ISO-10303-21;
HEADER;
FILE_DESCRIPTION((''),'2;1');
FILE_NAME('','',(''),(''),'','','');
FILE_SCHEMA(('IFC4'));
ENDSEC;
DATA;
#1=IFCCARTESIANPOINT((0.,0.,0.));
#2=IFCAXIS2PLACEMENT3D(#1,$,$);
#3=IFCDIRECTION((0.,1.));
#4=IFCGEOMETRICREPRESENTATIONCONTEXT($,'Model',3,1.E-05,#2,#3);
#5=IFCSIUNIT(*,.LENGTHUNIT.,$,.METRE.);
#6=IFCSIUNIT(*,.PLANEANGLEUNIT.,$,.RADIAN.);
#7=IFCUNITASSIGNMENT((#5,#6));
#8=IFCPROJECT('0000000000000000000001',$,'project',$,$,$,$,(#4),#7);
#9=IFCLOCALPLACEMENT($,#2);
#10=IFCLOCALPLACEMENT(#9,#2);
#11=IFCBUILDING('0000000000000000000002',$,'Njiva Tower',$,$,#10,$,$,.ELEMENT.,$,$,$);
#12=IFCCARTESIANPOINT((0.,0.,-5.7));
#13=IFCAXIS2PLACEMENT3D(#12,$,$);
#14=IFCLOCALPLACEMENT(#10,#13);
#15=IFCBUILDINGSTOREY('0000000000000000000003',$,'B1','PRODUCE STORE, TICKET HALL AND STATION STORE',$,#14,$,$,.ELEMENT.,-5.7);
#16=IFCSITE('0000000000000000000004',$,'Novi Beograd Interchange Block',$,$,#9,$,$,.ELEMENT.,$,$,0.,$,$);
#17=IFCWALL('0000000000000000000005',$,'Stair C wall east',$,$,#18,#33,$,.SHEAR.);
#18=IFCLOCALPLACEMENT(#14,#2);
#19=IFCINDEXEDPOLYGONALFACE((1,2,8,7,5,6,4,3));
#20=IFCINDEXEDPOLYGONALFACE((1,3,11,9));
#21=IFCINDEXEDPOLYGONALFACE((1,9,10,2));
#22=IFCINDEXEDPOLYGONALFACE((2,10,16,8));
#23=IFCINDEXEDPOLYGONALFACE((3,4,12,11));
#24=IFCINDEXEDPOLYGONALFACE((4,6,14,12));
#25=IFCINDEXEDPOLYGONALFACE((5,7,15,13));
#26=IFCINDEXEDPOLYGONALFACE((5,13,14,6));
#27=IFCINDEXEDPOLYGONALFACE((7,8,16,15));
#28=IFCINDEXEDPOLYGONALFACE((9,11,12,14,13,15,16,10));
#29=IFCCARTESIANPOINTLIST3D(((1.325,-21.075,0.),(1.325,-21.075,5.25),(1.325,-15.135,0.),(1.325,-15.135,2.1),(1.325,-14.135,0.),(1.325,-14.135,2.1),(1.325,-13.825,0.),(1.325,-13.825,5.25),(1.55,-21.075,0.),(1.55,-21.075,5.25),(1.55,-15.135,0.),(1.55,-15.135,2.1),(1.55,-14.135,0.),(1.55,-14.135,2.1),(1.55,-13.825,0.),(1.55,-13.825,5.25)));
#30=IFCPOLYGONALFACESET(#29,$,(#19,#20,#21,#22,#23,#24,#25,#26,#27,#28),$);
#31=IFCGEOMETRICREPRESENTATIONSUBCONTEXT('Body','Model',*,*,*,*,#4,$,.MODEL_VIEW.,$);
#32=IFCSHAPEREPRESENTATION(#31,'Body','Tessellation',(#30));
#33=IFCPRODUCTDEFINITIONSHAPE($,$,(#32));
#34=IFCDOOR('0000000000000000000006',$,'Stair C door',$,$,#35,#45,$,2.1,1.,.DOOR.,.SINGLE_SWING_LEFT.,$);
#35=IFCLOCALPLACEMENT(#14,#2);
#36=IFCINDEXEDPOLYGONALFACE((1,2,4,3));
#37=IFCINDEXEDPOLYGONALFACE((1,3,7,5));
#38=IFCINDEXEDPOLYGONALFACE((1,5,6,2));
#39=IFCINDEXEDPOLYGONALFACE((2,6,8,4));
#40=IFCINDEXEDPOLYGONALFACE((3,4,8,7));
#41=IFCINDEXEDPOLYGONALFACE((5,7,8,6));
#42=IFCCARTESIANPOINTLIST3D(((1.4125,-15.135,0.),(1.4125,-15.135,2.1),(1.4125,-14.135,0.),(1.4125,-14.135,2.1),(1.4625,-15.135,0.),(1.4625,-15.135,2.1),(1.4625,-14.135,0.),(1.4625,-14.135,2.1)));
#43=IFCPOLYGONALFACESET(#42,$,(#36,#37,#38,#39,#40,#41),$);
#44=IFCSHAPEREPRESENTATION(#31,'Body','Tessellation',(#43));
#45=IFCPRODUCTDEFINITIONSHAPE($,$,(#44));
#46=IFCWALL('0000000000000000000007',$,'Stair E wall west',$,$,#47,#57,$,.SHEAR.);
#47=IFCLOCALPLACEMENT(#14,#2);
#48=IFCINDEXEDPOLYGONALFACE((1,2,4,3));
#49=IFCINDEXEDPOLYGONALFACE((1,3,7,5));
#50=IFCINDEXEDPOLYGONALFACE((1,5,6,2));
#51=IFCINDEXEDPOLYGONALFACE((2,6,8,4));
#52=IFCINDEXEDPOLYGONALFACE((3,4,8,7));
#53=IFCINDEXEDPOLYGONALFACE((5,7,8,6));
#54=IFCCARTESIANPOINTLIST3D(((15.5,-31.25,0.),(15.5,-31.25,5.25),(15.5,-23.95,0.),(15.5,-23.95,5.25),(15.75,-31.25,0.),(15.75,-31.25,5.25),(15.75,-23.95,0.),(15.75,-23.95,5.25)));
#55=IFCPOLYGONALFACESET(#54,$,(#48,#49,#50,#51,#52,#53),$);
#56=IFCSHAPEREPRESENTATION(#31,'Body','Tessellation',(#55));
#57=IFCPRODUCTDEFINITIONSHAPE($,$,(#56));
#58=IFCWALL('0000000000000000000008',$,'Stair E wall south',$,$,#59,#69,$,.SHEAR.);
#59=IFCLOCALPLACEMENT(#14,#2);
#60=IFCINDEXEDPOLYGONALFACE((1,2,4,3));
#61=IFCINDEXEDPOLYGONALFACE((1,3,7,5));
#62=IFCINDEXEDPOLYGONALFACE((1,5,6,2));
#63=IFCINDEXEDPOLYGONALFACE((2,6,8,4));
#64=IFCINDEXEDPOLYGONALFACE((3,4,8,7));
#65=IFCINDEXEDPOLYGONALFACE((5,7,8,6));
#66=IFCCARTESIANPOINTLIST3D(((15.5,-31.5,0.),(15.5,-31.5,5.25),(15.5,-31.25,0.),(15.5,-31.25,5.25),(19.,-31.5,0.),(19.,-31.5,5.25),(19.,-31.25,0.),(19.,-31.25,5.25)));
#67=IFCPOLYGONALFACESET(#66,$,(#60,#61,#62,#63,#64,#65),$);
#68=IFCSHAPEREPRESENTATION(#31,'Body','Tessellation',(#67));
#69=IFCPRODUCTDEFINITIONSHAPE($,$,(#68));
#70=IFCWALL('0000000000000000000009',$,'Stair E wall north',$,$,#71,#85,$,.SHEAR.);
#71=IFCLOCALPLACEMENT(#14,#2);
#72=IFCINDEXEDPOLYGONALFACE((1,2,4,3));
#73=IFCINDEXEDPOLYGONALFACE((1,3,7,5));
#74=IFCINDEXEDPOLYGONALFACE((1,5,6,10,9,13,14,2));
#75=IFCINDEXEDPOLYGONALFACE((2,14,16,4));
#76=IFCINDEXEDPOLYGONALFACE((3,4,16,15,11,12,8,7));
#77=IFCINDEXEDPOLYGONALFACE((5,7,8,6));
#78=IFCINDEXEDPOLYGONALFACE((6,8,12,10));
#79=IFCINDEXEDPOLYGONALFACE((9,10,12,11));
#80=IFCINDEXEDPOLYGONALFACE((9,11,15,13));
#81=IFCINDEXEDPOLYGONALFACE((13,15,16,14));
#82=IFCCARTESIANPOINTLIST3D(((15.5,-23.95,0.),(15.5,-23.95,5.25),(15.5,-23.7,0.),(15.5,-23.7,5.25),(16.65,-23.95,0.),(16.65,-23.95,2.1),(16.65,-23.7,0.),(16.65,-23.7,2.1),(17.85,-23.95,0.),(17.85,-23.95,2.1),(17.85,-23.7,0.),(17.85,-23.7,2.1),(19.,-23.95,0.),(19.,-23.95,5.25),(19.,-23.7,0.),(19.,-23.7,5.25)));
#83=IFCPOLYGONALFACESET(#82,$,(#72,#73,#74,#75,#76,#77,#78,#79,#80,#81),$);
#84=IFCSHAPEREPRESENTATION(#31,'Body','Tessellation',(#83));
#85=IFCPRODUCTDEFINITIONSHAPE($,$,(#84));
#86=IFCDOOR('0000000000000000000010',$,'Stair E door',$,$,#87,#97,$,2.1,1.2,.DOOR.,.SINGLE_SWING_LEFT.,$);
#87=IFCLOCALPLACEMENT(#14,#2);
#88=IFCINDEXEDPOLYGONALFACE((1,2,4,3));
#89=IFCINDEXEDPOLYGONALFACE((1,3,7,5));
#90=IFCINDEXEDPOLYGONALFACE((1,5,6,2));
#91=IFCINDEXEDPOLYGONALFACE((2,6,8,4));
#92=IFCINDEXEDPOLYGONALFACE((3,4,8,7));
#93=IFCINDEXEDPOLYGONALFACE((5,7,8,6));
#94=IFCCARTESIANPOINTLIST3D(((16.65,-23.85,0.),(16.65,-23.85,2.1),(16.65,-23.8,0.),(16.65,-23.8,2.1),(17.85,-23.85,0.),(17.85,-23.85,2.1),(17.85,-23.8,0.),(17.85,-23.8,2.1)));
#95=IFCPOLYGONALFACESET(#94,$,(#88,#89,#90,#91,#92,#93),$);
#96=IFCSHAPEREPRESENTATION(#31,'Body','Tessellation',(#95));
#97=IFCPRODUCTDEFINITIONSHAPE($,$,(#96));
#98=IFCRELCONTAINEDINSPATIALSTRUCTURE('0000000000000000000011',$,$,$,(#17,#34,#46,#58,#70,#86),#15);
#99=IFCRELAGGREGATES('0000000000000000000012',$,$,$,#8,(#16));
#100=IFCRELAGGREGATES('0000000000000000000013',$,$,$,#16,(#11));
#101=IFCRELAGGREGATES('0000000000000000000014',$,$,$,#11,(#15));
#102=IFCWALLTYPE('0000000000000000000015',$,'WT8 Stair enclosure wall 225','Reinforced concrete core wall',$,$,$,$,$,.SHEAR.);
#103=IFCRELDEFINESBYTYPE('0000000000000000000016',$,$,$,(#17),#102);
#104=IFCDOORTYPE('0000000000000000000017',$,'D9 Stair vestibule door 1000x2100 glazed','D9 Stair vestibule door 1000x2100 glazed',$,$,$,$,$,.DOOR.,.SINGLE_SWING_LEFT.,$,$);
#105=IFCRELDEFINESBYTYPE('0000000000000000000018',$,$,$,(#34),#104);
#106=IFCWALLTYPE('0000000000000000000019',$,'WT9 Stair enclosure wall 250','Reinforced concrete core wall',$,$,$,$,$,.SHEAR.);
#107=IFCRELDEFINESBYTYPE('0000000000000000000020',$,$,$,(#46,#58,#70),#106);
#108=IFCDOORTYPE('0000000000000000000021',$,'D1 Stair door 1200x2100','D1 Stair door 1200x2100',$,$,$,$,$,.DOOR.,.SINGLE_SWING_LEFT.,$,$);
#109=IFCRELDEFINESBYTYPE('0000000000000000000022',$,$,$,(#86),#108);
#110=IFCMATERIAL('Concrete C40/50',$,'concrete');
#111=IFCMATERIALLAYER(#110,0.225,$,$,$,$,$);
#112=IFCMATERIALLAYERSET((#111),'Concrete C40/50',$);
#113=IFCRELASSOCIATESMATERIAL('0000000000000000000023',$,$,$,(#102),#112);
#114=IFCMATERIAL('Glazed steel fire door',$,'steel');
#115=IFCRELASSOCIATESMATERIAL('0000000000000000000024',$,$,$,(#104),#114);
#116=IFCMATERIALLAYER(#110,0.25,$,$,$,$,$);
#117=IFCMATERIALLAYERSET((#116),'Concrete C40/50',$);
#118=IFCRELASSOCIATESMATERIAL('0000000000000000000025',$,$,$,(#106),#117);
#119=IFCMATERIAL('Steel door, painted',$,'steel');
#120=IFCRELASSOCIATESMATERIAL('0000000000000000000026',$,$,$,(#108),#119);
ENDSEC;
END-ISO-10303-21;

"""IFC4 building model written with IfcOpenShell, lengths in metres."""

from ifc_helpers import new_model, si_unit, direction, frame, frame_2d, origin, place, context, subcontext, project, spatial, rectangle, extrude, material, layer, layer_set, type_object, element, fill, save


model = new_model("IFC4")

# Units and contexts
model_context = context("Model", 3, precision=1e-05, world=origin(), true_north=direction((0.0, 1.0)))
body_context = subcontext(model_context, "Body", "Model", "MODEL_VIEW")
ifc_project = project(units=[si_unit("LENGTHUNIT", "METRE"), si_unit("PLANEANGLEUNIT", "RADIAN")], contexts=[model_context])

# Site, building, storey
site_placement = place(None, origin())
site = spatial("IfcSite", under=ifc_project, at=site_placement, Name="Novi Beograd Interchange Block", CompositionType="ELEMENT", RefElevation=0.0)
building_placement = place(site_placement, origin())
building = spatial("IfcBuilding", under=site, at=building_placement, Name="Njiva Tower", CompositionType="ELEMENT")
storey_placement = place(building_placement, frame((0.0, 0.0, -5.7)))
storey = spatial("IfcBuildingStorey", under=building, at=storey_placement, Name="B1", Description="PRODUCE STORE, TICKET HALL AND STATION STORE", CompositionType="ELEMENT", Elevation=-5.7)

# Shared definitions
ifc_material_1 = material(Name="Glazed steel fire door", Category="steel")

# Wall, opening, door
ifc_material_2 = material(Name="Concrete C40/50", Category="concrete")
ifc_layer_1 = layer(ifc_material_2, 0.225)
ifc_layer_set_1 = layer_set([ifc_layer_1], Name="Concrete C40/50")
wall_type_1 = type_object("IfcWallType", Name="WT8 Stair enclosure wall 225", Description="Reinforced concrete core wall", PredefinedType="SHEAR", material=ifc_layer_set_1)
wall_1_placement = place(storey_placement, frame((1.4375, -21.075, 0.0), z_axis=(0.0, 0.0, 1.0), x_axis=(0.0, 1.0, 0.0)))
wall_1 = element("IfcWall", 1, at=wall_1_placement, inside=storey, type_object=wall_type_1, Name="Stair C wall east", PredefinedType="SHEAR", context=body_context, shape_type="SweptSolid", body=[
    extrude(rectangle(XDim=7.25, YDim=0.225, at=frame_2d((3.625, 0.0))), origin(), (0.0, 0.0, 1.0), 5.25),
])
opening_1_placement = place(wall_1_placement, frame((5.94, 0.0, 0.0)))
opening_1 = element("IfcOpeningElement", 2, at=opening_1_placement, cuts=wall_1, PredefinedType="OPENING", context=body_context, shape_type="SweptSolid", body=[
    extrude(rectangle(XDim=1.0, YDim=2.1, at=frame_2d((0.5, 1.05))), frame((0.0, 0.1225, 0.0), z_axis=(0.0, -1.0, 0.0), x_axis=(1.0, 0.0, 0.0)), (0.0, 0.0, 1.0), 0.245),
])
door_type_1 = type_object("IfcDoorType", Name="D9 Stair vestibule door 1000x2100 glazed", Description="D9 Stair vestibule door 1000x2100 glazed", OperationType="SINGLE_SWING_LEFT", PredefinedType="DOOR", material=ifc_material_1)
door_1_placement = place(opening_1_placement, origin())
door_1 = element("IfcDoor", 3, at=door_1_placement, inside=storey, type_object=door_type_1, Name="Stair C door", OperationType="SINGLE_SWING_LEFT", OverallHeight=2.1, OverallWidth=1.0, PredefinedType="DOOR", context=body_context, shape_type="SweptSolid", body=[
    extrude(rectangle(XDim=1.0, YDim=2.1, at=frame_2d((0.5, 1.05))), frame((0.0, 0.025, 0.0), z_axis=(0.0, -1.0, 0.0), x_axis=(1.0, 0.0, 0.0)), (0.0, 0.0, 1.0), 0.05),
])
fill(opening_1, door_1)

# Walls
ifc_layer_2 = layer(ifc_material_2, 0.25)
ifc_layer_set_2 = layer_set([ifc_layer_2], Name="Concrete C40/50")
wall_type_2 = type_object("IfcWallType", Name="WT9 Stair enclosure wall 250", Description="Reinforced concrete core wall", PredefinedType="SHEAR", material=ifc_layer_set_2)
wall_2_placement = place(storey_placement, frame((15.625, -31.25, 0.0), z_axis=(0.0, 0.0, 1.0), x_axis=(0.0, 1.0, 0.0)))
element("IfcWall", 4, at=wall_2_placement, inside=storey, type_object=wall_type_2, Name="Stair E wall west", PredefinedType="SHEAR", context=body_context, shape_type="SweptSolid", body=[
    extrude(rectangle(XDim=7.3, YDim=0.25, at=frame_2d((3.65, 0.0))), origin(), (0.0, 0.0, 1.0), 5.25),
])
wall_3_placement = place(storey_placement, frame((15.5, -31.375, 0.0), z_axis=(0.0, 0.0, 1.0), x_axis=(1.0, 0.0, 0.0)))
element("IfcWall", 5, at=wall_3_placement, inside=storey, type_object=wall_type_2, Name="Stair E wall south", PredefinedType="SHEAR", context=body_context, shape_type="SweptSolid", body=[
    extrude(rectangle(XDim=3.5, YDim=0.25, at=frame_2d((1.75, 0.0))), origin(), (0.0, 0.0, 1.0), 5.25),
])

# Wall, opening, door
wall_4_placement = place(storey_placement, frame((15.5, -23.825, 0.0), z_axis=(0.0, 0.0, 1.0), x_axis=(1.0, 0.0, 0.0)))
wall_4 = element("IfcWall", 6, at=wall_4_placement, inside=storey, type_object=wall_type_2, Name="Stair E wall north", PredefinedType="SHEAR", context=body_context, shape_type="SweptSolid", body=[
    extrude(rectangle(XDim=3.5, YDim=0.25, at=frame_2d((1.75, 0.0))), origin(), (0.0, 0.0, 1.0), 5.25),
])
opening_2_placement = place(wall_4_placement, frame((1.15, 0.0, 0.0)))
opening_2 = element("IfcOpeningElement", 7, at=opening_2_placement, cuts=wall_4, PredefinedType="OPENING", context=body_context, shape_type="SweptSolid", body=[
    extrude(rectangle(XDim=1.2, YDim=2.1, at=frame_2d((0.6, 1.05))), frame((0.0, 0.135, 0.0), z_axis=(0.0, -1.0, 0.0), x_axis=(1.0, 0.0, 0.0)), (0.0, 0.0, 1.0), 0.27),
])
ifc_material_3 = material(Name="Steel door, painted", Category="steel")
door_type_2 = type_object("IfcDoorType", Name="D1 Stair door 1200x2100", Description="D1 Stair door 1200x2100", OperationType="SINGLE_SWING_LEFT", PredefinedType="DOOR", material=ifc_material_3)
door_2_placement = place(opening_2_placement, origin())
door_2 = element("IfcDoor", 8, at=door_2_placement, inside=storey, type_object=door_type_2, Name="Stair E door", OperationType="SINGLE_SWING_LEFT", OverallHeight=2.1, OverallWidth=1.2, PredefinedType="DOOR", context=body_context, shape_type="SweptSolid", body=[
    extrude(rectangle(XDim=1.2, YDim=2.1, at=frame_2d((0.6, 1.05))), frame((0.0, 0.025, 0.0), z_axis=(0.0, -1.0, 0.0), x_axis=(1.0, 0.0, 0.0)), (0.0, 0.0, 1.0), 0.05),
])
fill(opening_2, door_2)

save(model, "model.ifc")
